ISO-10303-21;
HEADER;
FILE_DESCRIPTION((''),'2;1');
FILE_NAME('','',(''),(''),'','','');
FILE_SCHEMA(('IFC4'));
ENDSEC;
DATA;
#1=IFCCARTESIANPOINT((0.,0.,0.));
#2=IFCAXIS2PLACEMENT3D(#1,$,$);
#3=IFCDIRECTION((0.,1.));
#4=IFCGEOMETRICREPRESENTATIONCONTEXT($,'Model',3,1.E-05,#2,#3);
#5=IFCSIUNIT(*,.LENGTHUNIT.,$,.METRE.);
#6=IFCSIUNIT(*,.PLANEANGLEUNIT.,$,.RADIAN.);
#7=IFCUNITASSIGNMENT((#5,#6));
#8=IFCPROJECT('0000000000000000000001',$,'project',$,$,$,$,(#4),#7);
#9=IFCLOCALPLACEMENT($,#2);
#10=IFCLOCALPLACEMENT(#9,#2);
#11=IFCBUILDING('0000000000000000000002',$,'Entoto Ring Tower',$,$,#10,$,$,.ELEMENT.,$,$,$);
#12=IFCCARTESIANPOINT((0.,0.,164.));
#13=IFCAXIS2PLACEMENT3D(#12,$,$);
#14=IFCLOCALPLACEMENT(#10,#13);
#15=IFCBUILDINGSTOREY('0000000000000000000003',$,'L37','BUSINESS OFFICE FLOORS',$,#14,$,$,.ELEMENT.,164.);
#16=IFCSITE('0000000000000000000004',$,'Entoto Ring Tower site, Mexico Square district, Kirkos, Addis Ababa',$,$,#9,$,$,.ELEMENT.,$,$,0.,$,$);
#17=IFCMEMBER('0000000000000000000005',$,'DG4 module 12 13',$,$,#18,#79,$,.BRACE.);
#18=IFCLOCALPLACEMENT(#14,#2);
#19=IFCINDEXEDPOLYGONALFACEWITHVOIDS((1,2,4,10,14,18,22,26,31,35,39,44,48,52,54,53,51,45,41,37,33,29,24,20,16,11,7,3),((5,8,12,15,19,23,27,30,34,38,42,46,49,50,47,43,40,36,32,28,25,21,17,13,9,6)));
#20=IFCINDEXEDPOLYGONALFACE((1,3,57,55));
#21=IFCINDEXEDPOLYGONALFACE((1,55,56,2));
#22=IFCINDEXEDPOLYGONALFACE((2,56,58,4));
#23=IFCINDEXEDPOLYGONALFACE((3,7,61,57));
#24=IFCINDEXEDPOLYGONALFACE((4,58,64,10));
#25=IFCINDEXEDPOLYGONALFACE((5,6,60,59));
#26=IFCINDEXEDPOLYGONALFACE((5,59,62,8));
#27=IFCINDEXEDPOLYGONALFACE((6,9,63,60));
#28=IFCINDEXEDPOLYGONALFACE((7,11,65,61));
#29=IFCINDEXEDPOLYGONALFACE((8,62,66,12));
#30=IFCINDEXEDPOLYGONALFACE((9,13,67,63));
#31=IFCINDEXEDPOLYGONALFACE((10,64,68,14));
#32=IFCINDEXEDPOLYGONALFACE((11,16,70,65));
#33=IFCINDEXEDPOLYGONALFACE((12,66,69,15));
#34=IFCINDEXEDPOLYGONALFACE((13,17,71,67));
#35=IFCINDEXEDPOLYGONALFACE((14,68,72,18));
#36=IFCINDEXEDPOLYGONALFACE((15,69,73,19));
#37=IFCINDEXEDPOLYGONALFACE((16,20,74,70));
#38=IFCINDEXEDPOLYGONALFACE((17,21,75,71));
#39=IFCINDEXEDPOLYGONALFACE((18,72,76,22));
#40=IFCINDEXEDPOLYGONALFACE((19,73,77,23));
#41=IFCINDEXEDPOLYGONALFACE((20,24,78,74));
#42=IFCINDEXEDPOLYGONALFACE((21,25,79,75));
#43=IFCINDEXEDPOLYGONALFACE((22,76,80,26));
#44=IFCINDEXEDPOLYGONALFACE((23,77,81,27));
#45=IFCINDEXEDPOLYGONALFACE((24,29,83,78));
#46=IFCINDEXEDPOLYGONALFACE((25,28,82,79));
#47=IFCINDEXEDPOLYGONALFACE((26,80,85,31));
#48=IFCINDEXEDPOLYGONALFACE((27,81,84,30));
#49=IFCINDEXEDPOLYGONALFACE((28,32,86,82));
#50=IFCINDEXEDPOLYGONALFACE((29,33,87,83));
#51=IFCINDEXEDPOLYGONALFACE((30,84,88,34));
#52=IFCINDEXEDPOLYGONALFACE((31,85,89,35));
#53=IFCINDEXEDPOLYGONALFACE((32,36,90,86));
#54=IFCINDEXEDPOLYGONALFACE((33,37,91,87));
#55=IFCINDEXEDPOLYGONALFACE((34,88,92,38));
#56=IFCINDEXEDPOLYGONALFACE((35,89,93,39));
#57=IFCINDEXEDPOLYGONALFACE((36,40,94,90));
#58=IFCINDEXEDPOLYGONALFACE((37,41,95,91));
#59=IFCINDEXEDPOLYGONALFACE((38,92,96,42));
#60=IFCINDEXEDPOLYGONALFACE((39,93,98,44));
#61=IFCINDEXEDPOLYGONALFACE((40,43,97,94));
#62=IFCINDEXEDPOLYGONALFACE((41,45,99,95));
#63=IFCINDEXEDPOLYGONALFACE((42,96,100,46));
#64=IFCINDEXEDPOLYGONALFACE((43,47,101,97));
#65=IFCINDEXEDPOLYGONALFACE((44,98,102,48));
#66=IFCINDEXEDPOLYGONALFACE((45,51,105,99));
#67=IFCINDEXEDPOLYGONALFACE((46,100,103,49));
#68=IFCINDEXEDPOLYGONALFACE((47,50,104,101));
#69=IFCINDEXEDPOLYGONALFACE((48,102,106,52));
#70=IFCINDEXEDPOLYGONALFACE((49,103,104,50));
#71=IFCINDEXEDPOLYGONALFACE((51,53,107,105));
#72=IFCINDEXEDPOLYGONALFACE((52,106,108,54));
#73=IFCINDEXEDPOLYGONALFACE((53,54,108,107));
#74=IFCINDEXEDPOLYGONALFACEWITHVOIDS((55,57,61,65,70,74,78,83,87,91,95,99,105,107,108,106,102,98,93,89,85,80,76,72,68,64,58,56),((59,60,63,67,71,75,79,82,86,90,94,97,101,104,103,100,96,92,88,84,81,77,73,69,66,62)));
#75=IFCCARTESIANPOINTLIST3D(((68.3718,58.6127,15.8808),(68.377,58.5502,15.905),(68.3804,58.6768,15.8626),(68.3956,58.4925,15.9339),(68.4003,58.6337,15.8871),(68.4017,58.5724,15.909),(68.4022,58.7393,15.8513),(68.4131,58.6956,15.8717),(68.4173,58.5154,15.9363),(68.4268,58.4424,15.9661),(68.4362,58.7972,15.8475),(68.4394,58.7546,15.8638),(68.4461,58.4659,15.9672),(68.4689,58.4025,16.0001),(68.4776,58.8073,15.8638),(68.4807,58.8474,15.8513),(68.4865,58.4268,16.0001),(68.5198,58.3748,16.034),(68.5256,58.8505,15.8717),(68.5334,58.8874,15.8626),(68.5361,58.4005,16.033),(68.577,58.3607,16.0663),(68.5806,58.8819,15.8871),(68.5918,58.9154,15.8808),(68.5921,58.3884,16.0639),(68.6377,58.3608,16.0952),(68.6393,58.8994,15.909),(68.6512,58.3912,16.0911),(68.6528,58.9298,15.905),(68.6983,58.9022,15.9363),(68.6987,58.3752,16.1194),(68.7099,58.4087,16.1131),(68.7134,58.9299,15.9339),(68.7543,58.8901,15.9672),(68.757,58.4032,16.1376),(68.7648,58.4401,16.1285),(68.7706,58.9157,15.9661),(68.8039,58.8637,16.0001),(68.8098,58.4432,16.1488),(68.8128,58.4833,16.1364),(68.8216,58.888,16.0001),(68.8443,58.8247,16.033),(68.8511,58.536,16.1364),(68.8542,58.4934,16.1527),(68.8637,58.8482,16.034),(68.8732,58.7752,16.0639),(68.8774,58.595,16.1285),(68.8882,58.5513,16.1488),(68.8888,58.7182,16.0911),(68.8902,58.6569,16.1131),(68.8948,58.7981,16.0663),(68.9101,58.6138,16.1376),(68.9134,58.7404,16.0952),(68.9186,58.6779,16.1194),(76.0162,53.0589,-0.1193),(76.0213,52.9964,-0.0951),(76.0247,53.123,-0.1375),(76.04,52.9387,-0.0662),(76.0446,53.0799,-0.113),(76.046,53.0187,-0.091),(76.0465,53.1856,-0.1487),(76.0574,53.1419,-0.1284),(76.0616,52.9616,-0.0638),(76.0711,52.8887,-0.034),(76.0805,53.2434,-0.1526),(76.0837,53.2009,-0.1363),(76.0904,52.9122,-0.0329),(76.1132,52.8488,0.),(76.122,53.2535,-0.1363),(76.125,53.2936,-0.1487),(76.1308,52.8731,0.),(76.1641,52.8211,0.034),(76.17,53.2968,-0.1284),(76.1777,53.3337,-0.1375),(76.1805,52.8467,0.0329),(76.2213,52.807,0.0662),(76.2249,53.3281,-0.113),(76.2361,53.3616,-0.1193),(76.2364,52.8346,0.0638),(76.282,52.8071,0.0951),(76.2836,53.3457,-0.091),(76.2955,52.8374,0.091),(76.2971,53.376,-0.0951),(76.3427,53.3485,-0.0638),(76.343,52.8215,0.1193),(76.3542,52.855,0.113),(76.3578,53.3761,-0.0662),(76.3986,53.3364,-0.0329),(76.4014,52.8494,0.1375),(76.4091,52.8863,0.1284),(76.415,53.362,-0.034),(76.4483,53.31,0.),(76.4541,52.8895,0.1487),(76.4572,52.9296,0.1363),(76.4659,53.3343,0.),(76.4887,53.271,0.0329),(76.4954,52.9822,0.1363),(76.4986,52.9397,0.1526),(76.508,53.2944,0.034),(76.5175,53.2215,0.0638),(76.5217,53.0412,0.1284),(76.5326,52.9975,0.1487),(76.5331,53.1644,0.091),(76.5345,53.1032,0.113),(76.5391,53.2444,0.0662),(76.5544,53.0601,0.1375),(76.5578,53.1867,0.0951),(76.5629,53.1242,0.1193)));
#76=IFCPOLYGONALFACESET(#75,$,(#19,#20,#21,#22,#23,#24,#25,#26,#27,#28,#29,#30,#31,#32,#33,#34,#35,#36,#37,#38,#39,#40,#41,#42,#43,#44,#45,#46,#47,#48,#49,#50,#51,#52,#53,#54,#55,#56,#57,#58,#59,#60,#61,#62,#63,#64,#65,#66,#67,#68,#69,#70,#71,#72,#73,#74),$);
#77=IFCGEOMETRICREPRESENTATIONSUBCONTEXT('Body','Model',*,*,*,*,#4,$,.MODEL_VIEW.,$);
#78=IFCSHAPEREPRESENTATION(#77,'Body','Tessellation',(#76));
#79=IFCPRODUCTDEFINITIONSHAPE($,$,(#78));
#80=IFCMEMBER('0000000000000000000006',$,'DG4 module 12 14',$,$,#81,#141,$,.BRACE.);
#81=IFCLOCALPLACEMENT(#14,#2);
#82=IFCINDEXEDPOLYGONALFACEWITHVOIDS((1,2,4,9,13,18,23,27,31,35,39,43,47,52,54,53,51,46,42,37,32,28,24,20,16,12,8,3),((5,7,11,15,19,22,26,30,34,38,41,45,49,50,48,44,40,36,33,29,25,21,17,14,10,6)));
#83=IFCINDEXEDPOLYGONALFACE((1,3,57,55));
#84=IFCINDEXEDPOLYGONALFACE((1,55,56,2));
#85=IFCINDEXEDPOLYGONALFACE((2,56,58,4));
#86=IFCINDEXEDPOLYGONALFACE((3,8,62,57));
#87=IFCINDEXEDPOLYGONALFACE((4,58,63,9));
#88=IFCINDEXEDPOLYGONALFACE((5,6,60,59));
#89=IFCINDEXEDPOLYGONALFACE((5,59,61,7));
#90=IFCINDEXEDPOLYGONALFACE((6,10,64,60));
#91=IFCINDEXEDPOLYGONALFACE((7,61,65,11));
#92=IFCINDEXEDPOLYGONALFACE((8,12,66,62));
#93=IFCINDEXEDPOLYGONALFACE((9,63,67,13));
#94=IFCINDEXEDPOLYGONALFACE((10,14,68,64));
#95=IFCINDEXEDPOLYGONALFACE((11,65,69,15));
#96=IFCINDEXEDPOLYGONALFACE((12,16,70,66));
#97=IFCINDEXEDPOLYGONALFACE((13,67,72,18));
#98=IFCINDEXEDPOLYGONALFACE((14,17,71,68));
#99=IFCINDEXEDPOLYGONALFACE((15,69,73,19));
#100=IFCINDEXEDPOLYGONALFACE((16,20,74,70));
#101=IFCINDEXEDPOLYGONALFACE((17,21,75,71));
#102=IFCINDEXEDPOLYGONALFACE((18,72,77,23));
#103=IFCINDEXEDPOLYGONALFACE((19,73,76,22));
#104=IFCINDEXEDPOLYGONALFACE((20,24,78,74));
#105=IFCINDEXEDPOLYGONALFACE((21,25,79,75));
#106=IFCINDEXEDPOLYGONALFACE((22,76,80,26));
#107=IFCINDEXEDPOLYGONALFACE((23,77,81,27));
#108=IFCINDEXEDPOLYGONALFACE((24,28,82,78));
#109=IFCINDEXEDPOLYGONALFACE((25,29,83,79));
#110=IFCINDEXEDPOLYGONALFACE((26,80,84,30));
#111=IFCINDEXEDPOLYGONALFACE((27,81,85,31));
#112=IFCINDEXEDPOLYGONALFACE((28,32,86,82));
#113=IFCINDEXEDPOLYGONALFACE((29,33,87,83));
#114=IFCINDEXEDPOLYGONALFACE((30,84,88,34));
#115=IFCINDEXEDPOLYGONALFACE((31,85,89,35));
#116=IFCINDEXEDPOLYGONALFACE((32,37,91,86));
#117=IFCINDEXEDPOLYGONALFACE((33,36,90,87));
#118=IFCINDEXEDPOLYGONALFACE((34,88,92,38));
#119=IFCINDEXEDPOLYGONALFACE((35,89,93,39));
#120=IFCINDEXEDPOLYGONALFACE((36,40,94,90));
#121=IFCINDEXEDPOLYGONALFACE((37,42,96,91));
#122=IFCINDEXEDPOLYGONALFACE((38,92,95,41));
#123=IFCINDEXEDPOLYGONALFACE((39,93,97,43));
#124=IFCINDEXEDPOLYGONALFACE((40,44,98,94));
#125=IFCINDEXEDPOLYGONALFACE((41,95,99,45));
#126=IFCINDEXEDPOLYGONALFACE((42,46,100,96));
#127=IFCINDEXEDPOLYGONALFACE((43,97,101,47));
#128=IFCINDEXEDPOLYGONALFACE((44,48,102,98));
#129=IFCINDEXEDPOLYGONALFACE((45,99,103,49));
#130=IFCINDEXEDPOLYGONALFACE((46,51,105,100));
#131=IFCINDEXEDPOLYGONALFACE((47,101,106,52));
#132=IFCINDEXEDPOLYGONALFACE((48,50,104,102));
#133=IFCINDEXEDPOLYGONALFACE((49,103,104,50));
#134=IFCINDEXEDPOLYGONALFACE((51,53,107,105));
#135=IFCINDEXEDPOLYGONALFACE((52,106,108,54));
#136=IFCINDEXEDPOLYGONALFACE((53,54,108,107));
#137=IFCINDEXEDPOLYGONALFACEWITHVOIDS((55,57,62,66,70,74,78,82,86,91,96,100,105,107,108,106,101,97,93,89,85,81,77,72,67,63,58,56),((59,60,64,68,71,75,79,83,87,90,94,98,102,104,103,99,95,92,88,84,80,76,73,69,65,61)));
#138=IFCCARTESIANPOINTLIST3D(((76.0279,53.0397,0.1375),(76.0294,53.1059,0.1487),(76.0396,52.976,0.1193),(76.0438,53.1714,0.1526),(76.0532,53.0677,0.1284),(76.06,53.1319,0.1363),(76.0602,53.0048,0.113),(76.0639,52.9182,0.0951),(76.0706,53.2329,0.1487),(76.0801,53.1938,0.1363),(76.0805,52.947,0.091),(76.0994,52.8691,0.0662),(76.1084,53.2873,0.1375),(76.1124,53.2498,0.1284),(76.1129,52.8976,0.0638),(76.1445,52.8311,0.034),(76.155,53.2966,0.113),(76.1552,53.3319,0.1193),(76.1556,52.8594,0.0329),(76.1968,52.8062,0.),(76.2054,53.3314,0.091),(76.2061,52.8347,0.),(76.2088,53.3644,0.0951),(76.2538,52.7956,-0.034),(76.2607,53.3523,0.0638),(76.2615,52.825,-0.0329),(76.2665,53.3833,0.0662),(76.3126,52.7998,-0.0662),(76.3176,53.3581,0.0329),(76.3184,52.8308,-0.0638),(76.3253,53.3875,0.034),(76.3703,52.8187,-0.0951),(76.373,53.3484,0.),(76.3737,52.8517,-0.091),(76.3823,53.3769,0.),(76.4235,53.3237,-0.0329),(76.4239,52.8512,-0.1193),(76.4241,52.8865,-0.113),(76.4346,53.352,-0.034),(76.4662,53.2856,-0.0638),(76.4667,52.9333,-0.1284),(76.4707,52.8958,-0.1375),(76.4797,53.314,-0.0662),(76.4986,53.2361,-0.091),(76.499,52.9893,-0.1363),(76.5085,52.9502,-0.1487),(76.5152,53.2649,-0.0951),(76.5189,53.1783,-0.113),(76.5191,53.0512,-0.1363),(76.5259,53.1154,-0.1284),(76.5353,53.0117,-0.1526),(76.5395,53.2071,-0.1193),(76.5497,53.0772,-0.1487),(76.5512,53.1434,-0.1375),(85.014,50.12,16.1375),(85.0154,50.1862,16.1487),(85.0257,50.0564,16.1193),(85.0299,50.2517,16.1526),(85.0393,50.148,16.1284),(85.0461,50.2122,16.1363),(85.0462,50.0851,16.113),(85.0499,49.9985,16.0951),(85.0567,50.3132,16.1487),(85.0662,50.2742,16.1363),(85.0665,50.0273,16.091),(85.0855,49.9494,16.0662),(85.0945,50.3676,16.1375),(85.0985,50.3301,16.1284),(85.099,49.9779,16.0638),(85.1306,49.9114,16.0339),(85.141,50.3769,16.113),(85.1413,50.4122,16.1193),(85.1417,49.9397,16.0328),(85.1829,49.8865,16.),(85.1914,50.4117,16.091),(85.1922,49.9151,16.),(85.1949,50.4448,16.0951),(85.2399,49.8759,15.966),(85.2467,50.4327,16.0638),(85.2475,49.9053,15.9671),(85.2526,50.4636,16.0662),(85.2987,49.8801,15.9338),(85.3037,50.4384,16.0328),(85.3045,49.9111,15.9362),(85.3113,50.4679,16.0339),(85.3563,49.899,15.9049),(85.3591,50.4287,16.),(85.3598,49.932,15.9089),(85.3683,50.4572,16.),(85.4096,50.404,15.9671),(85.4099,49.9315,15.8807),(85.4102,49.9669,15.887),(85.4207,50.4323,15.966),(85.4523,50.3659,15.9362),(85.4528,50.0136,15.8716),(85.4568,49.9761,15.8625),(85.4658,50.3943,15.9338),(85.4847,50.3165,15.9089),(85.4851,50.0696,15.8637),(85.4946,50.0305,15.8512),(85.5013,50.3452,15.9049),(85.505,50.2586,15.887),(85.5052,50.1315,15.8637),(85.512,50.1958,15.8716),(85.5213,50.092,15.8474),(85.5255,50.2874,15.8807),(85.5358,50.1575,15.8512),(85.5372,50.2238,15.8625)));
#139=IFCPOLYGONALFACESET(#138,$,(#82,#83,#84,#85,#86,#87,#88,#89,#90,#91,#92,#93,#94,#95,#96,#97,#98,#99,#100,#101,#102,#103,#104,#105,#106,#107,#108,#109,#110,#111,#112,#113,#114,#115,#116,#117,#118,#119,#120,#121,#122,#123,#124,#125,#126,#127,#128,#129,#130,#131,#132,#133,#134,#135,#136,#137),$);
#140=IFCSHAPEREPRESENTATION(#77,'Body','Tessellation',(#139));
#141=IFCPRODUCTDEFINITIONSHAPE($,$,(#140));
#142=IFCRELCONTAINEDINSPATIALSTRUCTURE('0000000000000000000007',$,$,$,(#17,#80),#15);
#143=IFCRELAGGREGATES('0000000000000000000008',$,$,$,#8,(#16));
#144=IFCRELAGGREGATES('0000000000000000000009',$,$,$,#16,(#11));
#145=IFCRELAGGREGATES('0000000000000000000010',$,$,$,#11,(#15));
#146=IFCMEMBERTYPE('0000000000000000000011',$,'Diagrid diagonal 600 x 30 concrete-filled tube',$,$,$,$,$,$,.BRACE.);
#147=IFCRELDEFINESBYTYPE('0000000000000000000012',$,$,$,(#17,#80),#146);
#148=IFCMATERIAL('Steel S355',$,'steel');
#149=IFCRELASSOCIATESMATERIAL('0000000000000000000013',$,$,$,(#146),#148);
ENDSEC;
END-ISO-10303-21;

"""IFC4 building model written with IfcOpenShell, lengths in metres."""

from ifc_helpers import new_model, si_unit, direction, frame, origin, origin_2d, place, context, subcontext, project, spatial, circle, hollow_circle, extrude, material, material_profile, profile_set, type_object, element, save


model = new_model("IFC4")

# Units and contexts
model_context = context("Model", 3, precision=1e-05, world=origin(), true_north=direction((0.0, 1.0)))
body_context = subcontext(model_context, "Body", "Model", "MODEL_VIEW")
ifc_project = project(units=[si_unit("LENGTHUNIT", "METRE"), si_unit("PLANEANGLEUNIT", "RADIAN")], contexts=[model_context])

# Site, building, storey
site_placement = place(None, origin())
site = spatial("IfcSite", under=ifc_project, at=site_placement, Name="Entoto Ring Tower site, Mexico Square district, Kirkos, Addis Ababa", CompositionType="ELEMENT", RefElevation=0.0)
building_placement = place(site_placement, origin())
building = spatial("IfcBuilding", under=site, at=building_placement, Name="Entoto Ring Tower", CompositionType="ELEMENT")
storey_placement = place(building_placement, frame((0.0, 0.0, 164.0)))
storey = spatial("IfcBuildingStorey", under=building, at=storey_placement, Name="L37", Description="BUSINESS OFFICE FLOORS", CompositionType="ELEMENT", Elevation=164.0)

# Members
ifc_material_1 = material(Name="Steel S355", Category="steel")
ifc_material_profile_1 = material_profile(ifc_material_1, hollow_circle(Radius=0.3, WallThickness=0.03, at=origin_2d()), Name="CHS 600 x 30")
ifc_material_2 = material(Name="Concrete C60/75", Category="concrete")
ifc_material_profile_2 = material_profile(ifc_material_2, circle(Radius=0.27, at=origin_2d()), Name="Concrete C60/75 infill")
ifc_profile_set_1 = profile_set([ifc_material_profile_1, ifc_material_profile_2], Name="Steel S355")
member_type_1 = type_object("IfcMemberType", Name="Diagrid diagonal 600 x 30 concrete-filled tube", PredefinedType="BRACE", material=ifc_profile_set_1)
for number, where, z_axis, x_axis, name in (
    (1, (76.2896, 53.0916, 0.0), (-0.411388, 0.298881, 0.861063), (-0.587772, -0.809026, 0.0), "DG4 module 12 13"),
):
    element("IfcMember", number, at=place(storey_placement, frame(where, z_axis=z_axis, x_axis=x_axis)), inside=storey, type_object=member_type_1, Name=name, PredefinedType="BRACE", context=body_context, shape_type="SweptSolid", body=[
        extrude(hollow_circle(Radius=0.3, WallThickness=0.03, at=origin_2d()), origin(), (0.0, 0.0, 1.0), 18.5818),
    ])
member_placement = place(storey_placement, frame((76.2896, 53.0916, 0.0), z_axis=(0.483602, -0.157128, 0.861069), x_axis=(0.30901, 0.951059, 0.0)))
element("IfcMember", 2, at=member_placement, inside=storey, type_object=member_type_1, Name="DG4 module 12 14", PredefinedType="BRACE", context=body_context, shape_type="SweptSolid", body=[
    extrude(hollow_circle(Radius=0.3, WallThickness=0.03, at=origin_2d()), origin(), (0.0, 0.0, 1.0), 18.5815),
])

save(model, "model.ifc")
